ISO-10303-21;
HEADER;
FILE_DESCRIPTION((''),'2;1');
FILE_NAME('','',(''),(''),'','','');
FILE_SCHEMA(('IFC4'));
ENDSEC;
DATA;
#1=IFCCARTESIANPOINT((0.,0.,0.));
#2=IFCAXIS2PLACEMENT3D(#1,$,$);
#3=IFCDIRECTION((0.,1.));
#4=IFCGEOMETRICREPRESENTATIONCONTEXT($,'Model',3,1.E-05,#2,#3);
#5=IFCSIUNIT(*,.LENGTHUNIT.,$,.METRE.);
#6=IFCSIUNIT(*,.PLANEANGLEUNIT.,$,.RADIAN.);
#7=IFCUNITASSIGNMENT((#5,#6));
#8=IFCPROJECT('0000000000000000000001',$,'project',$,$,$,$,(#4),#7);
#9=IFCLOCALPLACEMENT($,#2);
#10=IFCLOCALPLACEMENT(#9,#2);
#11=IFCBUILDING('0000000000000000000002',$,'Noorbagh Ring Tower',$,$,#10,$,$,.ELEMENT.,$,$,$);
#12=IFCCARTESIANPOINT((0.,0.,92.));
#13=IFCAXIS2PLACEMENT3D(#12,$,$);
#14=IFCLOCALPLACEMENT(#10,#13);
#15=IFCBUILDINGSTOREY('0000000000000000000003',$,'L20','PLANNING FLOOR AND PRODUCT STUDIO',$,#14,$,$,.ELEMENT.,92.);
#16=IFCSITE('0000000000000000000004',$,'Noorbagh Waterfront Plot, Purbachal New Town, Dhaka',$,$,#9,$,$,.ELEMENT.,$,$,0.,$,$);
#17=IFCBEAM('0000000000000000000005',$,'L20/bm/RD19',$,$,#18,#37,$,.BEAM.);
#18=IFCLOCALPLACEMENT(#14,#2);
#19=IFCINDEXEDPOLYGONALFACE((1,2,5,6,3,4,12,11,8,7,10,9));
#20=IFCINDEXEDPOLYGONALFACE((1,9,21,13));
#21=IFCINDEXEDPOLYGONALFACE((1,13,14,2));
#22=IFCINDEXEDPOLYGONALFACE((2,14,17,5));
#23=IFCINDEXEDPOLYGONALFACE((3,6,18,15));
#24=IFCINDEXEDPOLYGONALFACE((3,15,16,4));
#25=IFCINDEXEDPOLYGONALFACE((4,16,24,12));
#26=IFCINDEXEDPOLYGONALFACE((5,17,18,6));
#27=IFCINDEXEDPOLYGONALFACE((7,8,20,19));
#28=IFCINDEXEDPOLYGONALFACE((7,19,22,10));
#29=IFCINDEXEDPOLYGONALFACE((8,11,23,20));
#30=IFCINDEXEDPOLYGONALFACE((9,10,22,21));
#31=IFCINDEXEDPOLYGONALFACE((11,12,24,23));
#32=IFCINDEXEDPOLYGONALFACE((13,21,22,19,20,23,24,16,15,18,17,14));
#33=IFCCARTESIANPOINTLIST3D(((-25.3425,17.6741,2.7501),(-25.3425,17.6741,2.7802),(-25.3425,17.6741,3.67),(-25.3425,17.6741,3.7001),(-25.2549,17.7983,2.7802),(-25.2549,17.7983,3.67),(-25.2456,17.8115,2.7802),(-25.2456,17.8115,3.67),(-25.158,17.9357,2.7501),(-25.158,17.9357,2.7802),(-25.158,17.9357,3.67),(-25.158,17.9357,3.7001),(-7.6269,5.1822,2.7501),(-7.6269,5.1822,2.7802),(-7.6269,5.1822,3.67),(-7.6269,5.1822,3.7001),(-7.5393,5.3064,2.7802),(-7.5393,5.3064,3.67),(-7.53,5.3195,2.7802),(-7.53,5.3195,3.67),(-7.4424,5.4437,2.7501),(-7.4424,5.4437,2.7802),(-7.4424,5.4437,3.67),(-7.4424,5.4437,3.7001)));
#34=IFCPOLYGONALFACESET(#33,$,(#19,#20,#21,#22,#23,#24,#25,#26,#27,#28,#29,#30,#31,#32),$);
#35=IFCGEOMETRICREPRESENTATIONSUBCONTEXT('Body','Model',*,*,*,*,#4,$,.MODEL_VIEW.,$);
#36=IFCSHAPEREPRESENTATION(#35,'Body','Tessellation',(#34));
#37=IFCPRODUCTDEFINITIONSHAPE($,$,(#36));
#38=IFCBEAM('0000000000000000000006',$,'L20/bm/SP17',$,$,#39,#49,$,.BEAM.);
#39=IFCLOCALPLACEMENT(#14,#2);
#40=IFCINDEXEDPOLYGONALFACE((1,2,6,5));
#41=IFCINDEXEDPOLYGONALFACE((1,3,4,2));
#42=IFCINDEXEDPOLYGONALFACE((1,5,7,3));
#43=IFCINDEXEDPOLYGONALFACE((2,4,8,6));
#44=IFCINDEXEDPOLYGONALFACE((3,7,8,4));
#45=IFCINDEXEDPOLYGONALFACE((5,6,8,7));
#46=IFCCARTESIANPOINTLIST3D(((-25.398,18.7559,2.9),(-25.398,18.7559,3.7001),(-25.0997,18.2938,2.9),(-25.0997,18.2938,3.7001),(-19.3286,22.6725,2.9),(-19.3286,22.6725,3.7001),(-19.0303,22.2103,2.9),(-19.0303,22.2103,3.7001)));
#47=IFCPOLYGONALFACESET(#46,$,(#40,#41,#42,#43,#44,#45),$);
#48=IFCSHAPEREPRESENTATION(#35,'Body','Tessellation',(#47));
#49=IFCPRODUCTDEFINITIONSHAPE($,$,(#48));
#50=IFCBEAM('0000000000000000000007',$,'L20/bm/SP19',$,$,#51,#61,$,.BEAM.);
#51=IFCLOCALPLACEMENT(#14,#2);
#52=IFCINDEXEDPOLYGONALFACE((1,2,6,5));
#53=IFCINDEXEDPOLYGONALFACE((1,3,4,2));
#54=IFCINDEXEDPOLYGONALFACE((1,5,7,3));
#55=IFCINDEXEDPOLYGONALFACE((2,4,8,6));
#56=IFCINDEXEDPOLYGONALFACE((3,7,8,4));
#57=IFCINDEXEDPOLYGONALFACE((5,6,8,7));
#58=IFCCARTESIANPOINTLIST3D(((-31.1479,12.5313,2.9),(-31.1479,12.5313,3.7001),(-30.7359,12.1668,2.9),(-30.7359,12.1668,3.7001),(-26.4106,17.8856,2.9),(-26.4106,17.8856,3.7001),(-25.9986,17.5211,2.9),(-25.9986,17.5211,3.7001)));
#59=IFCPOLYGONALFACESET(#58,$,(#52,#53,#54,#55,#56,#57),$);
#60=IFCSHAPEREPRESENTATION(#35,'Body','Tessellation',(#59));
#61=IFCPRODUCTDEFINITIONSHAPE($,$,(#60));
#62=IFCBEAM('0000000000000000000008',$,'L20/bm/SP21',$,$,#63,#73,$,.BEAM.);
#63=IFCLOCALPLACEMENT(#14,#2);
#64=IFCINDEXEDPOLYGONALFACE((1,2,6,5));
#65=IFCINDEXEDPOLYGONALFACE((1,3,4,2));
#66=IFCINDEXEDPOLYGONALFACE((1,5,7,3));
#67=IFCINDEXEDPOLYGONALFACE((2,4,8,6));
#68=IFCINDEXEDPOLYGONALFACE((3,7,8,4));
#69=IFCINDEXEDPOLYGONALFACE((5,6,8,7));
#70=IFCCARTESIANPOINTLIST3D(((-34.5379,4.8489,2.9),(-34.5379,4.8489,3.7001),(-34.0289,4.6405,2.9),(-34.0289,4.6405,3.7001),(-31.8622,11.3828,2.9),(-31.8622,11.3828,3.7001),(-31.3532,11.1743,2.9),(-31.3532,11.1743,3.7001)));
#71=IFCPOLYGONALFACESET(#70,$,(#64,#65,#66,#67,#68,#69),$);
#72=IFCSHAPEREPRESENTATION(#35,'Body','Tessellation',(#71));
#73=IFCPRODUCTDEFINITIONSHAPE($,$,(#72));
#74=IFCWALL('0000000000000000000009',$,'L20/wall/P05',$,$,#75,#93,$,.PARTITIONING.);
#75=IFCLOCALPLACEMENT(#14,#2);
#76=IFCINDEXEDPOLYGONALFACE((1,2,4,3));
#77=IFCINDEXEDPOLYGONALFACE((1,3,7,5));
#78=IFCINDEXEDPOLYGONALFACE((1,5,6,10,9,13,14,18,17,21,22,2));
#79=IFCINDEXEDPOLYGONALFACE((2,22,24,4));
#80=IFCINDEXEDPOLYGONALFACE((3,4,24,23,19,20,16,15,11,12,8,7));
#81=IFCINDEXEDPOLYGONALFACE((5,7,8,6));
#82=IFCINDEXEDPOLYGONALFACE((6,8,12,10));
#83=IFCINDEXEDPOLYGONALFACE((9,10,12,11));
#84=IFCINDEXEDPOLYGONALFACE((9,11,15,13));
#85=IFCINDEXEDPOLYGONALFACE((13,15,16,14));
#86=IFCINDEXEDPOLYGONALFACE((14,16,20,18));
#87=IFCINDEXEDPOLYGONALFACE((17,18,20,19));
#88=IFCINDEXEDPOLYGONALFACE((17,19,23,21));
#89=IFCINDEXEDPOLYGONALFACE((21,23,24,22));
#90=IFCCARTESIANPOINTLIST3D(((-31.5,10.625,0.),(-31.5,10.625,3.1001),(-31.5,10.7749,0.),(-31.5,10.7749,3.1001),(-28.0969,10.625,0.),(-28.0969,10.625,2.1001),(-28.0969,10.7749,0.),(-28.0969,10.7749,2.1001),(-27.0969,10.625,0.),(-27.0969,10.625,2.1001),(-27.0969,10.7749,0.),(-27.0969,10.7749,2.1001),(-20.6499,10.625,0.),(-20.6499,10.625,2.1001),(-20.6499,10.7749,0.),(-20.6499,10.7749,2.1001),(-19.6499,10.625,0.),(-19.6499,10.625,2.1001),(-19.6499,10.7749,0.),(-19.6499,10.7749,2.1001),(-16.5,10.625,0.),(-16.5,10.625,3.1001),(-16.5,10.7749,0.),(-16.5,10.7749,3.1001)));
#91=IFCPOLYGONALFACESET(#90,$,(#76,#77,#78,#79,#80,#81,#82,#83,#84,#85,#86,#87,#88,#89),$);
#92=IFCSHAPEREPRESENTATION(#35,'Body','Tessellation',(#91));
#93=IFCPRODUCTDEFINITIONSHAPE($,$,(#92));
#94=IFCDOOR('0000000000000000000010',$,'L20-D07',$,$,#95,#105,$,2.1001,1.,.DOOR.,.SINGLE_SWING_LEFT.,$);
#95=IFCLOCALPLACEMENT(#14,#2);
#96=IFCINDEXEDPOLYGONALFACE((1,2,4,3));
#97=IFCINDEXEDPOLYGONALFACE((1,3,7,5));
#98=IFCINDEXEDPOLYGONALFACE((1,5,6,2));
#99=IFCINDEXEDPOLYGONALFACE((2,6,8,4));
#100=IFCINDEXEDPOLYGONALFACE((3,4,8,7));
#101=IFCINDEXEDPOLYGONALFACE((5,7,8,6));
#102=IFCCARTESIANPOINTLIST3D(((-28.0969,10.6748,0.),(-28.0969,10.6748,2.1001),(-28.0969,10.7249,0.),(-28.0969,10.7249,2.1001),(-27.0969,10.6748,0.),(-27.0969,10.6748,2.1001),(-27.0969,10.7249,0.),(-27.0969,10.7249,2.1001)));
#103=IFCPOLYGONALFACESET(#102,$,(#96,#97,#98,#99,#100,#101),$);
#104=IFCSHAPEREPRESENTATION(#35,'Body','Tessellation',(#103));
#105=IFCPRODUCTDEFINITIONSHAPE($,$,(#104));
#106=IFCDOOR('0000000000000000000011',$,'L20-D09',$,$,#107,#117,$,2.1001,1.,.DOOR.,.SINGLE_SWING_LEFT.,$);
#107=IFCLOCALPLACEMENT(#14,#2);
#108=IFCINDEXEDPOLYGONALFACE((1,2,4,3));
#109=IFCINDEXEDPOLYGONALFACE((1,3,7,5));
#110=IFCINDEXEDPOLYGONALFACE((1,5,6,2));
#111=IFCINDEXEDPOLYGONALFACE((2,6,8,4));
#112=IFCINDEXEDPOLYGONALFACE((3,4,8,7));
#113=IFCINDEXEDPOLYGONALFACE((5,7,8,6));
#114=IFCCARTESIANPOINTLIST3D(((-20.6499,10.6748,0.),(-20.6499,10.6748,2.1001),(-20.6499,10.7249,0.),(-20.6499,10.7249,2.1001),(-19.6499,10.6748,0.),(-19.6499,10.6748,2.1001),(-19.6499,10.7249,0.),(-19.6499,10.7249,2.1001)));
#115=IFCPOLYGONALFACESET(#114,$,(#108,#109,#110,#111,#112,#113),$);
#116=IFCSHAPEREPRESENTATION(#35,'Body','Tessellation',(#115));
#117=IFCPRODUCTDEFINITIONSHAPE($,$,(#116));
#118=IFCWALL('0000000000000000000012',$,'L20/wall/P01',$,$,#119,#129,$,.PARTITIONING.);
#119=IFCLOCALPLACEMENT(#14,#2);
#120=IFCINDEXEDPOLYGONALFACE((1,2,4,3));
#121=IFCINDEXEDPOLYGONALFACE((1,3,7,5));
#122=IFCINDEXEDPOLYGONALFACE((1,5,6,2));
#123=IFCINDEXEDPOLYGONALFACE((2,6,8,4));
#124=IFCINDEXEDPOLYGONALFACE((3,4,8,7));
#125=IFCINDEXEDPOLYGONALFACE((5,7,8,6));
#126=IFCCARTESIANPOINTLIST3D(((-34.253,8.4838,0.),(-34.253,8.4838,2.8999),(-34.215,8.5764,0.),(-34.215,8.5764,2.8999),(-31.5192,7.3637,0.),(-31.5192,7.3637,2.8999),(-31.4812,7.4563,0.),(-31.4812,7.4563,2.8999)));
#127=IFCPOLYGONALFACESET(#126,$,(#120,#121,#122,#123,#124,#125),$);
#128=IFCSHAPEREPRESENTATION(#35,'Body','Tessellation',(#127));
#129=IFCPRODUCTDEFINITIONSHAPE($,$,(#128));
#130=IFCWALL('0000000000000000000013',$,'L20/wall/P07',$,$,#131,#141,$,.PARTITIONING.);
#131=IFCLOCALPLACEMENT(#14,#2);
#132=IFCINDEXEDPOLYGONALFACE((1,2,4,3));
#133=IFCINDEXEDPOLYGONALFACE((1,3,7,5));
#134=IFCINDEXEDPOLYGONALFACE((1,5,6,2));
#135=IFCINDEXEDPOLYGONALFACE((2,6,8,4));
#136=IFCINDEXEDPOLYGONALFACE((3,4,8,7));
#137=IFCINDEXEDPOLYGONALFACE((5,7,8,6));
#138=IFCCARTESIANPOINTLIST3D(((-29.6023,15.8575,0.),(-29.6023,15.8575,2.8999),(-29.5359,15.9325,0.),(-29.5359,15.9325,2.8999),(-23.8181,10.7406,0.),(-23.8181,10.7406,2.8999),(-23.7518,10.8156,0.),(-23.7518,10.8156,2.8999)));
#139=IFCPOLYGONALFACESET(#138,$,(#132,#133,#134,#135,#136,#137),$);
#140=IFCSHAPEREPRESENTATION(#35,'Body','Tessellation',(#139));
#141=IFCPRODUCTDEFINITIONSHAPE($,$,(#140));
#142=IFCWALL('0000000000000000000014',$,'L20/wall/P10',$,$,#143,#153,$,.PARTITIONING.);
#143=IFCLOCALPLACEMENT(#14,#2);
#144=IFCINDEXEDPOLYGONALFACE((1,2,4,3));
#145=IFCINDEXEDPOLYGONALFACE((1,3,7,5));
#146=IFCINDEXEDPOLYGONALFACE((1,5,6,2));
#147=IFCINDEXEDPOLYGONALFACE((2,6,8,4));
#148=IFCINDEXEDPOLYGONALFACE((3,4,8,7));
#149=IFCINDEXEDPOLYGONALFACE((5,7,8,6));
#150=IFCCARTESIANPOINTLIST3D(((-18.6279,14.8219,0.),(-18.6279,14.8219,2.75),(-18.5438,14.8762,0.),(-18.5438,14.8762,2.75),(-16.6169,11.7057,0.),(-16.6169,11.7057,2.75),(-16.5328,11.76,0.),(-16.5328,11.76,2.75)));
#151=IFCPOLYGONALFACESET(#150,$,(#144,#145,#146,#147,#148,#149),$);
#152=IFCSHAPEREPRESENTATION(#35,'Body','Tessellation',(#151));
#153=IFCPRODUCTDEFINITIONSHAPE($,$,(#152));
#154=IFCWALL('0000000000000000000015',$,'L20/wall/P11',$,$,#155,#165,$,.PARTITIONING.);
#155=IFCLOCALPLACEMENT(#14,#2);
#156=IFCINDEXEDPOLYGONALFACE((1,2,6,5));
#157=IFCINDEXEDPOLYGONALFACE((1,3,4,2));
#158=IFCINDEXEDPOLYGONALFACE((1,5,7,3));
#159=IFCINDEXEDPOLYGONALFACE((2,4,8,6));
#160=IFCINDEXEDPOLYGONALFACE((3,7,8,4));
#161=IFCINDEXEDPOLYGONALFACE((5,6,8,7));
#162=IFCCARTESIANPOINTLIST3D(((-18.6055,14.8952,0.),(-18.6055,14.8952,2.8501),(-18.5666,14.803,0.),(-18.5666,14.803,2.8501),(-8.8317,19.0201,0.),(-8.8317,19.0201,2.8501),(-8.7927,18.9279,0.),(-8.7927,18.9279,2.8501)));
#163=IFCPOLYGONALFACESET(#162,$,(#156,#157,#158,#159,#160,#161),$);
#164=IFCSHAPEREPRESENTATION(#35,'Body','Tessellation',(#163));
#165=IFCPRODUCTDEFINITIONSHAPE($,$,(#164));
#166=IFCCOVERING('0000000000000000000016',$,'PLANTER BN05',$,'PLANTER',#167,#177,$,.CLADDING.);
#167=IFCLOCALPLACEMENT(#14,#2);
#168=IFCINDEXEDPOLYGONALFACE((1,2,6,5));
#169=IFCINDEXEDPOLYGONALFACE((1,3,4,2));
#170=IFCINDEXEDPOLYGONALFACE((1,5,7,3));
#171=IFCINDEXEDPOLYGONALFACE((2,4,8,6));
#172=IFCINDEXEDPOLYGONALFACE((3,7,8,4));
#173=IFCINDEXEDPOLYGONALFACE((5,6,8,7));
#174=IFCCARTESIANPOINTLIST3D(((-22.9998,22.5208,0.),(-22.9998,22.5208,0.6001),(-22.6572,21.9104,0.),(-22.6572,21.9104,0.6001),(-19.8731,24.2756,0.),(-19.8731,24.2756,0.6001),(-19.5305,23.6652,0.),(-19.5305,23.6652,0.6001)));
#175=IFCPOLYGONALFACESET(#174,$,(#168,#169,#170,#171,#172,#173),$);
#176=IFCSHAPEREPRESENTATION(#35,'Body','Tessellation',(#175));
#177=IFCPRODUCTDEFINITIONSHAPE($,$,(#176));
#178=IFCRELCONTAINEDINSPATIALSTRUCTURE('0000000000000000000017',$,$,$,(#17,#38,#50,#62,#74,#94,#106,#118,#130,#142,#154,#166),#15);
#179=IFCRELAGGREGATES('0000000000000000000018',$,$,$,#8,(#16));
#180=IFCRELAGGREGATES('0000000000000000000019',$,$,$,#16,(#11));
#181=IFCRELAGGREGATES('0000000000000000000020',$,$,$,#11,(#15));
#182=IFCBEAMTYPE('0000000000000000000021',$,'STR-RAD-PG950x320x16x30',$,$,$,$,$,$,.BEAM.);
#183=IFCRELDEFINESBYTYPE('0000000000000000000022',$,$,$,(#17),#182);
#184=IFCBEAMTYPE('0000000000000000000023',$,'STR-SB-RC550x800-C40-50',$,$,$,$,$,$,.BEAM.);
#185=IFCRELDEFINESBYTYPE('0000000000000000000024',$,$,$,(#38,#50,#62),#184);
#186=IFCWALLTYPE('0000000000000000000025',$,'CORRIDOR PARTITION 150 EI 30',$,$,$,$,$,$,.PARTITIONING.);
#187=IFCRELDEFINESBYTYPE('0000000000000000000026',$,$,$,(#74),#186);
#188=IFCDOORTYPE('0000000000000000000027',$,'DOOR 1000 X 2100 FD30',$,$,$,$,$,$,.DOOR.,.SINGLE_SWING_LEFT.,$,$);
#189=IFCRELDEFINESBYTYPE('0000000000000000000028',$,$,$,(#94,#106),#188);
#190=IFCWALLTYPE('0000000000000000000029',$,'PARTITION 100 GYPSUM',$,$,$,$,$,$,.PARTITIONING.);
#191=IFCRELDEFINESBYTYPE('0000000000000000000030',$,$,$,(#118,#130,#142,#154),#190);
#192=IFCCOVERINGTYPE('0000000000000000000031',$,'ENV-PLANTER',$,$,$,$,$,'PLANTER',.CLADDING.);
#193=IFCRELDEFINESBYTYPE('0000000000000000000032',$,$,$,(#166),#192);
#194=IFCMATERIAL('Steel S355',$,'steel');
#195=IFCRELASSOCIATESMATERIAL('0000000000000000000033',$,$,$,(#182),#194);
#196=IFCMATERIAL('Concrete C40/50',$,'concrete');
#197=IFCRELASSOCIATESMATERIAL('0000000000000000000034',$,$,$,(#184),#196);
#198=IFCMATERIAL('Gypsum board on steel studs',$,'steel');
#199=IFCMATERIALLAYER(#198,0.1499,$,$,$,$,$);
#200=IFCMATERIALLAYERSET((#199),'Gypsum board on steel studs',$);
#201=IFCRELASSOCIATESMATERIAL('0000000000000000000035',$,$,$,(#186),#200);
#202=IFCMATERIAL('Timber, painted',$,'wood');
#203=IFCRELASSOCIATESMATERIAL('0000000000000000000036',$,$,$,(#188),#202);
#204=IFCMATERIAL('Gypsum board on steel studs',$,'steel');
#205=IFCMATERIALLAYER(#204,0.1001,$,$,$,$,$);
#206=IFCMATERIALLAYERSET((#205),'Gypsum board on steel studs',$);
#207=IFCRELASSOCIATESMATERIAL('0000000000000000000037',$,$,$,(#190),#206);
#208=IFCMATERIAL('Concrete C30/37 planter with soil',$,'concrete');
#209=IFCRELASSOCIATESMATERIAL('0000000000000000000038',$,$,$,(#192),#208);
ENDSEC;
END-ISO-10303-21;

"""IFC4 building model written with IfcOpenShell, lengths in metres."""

from ifc_helpers import new_model, si_unit, direction, frame, frame_2d, origin, origin_2d, place, context, subcontext, project, spatial, rectangle, i_section, extrude, material, layer, layer_set, material_profile, profile_set, type_object, element, fill, save


model = new_model("IFC4")

# Units and contexts
model_context = context("Model", 3, precision=1e-05, world=origin(), true_north=direction((0.0, 1.0)))
body_context = subcontext(model_context, "Body", "Model", "MODEL_VIEW")
ifc_project = project(units=[si_unit("LENGTHUNIT", "METRE"), si_unit("PLANEANGLEUNIT", "RADIAN")], contexts=[model_context])

# Site, building, storey
site_placement = place(None, origin())
site = spatial("IfcSite", under=ifc_project, at=site_placement, Name="Noorbagh Waterfront Plot, Purbachal New Town, Dhaka", CompositionType="ELEMENT", RefElevation=0.0)
building_placement = place(site_placement, origin())
building = spatial("IfcBuilding", under=site, at=building_placement, Name="Noorbagh Ring Tower", CompositionType="ELEMENT")
storey_placement = place(building_placement, frame((0.0, 0.0, 92.0)))
storey = spatial("IfcBuildingStorey", under=building, at=storey_placement, Name="L20", Description="PLANNING FLOOR AND PRODUCT STUDIO", CompositionType="ELEMENT", Elevation=92.0)

# Beams
ifc_material_1 = material(Name="Steel S355", Category="steel")
ifc_material_profile_1 = material_profile(ifc_material_1, i_section(OverallWidth=0.3201, OverallDepth=0.95, WebThickness=0.0161, FlangeThickness=0.03, at=origin_2d()), Name="PG950x320x16x30")
ifc_profile_set_1 = profile_set([ifc_material_profile_1], Name="Steel S355")
beam_type_1 = type_object("IfcBeamType", Name="STR-RAD-PG950x320x16x30", PredefinedType="BEAM", material=ifc_profile_set_1)
beam_1_placement = place(storey_placement, frame((-25.2502, 17.8049, 3.2251), z_axis=(0.817254, -0.576278, 0.0), x_axis=(0.576278, 0.817254, 0.0)))
element("IfcBeam", 1, at=beam_1_placement, inside=storey, type_object=beam_type_1, Name="L20/bm/RD19", PredefinedType="BEAM", context=body_context, shape_type="SweptSolid", body=[
    extrude(i_section(OverallWidth=0.3201, OverallDepth=0.95, WebThickness=0.0161, FlangeThickness=0.03, at=origin_2d()), origin(), (0.0, 0.0, 1.0), 21.677),
])
ifc_material_2 = material(Name="Concrete C40/50", Category="concrete")
ifc_material_profile_2 = material_profile(ifc_material_2, rectangle(XDim=0.55, YDim=0.8, at=origin_2d()), Name="RC550x800")
ifc_profile_set_2 = profile_set([ifc_material_profile_2], Name="Concrete C40/50")
beam_type_2 = type_object("IfcBeamType", Name="STR-SB-RC550x800-C40-50", PredefinedType="BEAM", material=ifc_profile_set_2)
beam_2_placement = place(storey_placement, frame((-19.1794, 22.4414, 3.3), z_axis=(-0.840246, -0.542205, 0.0), x_axis=(0.542205, -0.840246, 0.0)))
element("IfcBeam", 2, at=beam_2_placement, inside=storey, type_object=beam_type_2, Name="L20/bm/SP17", PredefinedType="BEAM", context=body_context, shape_type="SweptSolid", body=[
    extrude(rectangle(XDim=0.55, YDim=0.8, at=origin_2d()), origin(), (0.0, 0.0, 1.0), 7.2234),
])
beam_3_placement = place(storey_placement, frame((-26.2046, 17.7034, 3.3), z_axis=(-0.662641, -0.748937, 0.0), x_axis=(0.748937, -0.662641, 0.0)))
element("IfcBeam", 3, at=beam_3_placement, inside=storey, type_object=beam_type_2, Name="L20/bm/SP19", PredefinedType="BEAM", context=body_context, shape_type="SweptSolid", body=[
    extrude(rectangle(XDim=0.55, YDim=0.8, at=origin_2d()), origin(), (0.0, 0.0, 1.0), 7.1492),
])
beam_4_placement = place(storey_placement, frame((-31.6077, 11.2786, 3.3), z_axis=(-0.378973, -0.925408, 0.0), x_axis=(0.925408, -0.378973, 0.0)))
element("IfcBeam", 4, at=beam_4_placement, inside=storey, type_object=beam_type_2, Name="L20/bm/SP21", PredefinedType="BEAM", context=body_context, shape_type="SweptSolid", body=[
    extrude(rectangle(XDim=0.55, YDim=0.8, at=origin_2d()), origin(), (0.0, 0.0, 1.0), 7.0605),
])

# Wall, openings, doors
ifc_material_3 = material(Name="Gypsum board on steel studs", Category="steel")
ifc_layer_1 = layer(ifc_material_3, 0.1499)
ifc_layer_set_1 = layer_set([ifc_layer_1], Name="Gypsum board on steel studs")
wall_type_1 = type_object("IfcWallType", Name="CORRIDOR PARTITION 150 EI 30", PredefinedType="PARTITIONING", material=ifc_layer_set_1)
wall_1_placement = place(storey_placement, frame((-31.5, 10.7, 0.0), z_axis=(0.0, 0.0, 1.0), x_axis=(1.0, 0.0, 0.0)))
wall_1 = element("IfcWall", 5, at=wall_1_placement, inside=storey, type_object=wall_type_1, Name="L20/wall/P05", PredefinedType="PARTITIONING", context=body_context, shape_type="SweptSolid", body=[
    extrude(rectangle(XDim=15.0, YDim=0.1499, at=frame_2d((7.5, 0.0))), origin(), (0.0, 0.0, 1.0), 3.1001),
])
opening_1_placement = place(wall_1_placement, frame((3.4031, 0.0, 0.0)))
opening_1 = element("IfcOpeningElement", 6, at=opening_1_placement, cuts=wall_1, PredefinedType="OPENING", context=body_context, shape_type="SweptSolid", body=[
    extrude(rectangle(XDim=1.0, YDim=2.1001, at=frame_2d((0.5, 1.05))), frame((0.0, 0.085, 0.0), z_axis=(0.0, -1.0, 0.0), x_axis=(1.0, 0.0, 0.0)), (0.0, 0.0, 1.0), 0.1699),
])
opening_2_placement = place(wall_1_placement, frame((10.8501, 0.0, 0.0)))
opening_2 = element("IfcOpeningElement", 7, at=opening_2_placement, cuts=wall_1, PredefinedType="OPENING", context=body_context, shape_type="SweptSolid", body=[
    extrude(rectangle(XDim=1.0, YDim=2.1001, at=frame_2d((0.5, 1.05))), frame((0.0, 0.085, 0.0), z_axis=(0.0, -1.0, 0.0), x_axis=(1.0, 0.0, 0.0)), (0.0, 0.0, 1.0), 0.1699),
])
ifc_material_4 = material(Name="Timber, painted", Category="wood")
door_type = type_object("IfcDoorType", Name="DOOR 1000 X 2100 FD30", OperationType="SINGLE_SWING_LEFT", PredefinedType="DOOR", material=ifc_material_4)
door_1_placement = place(opening_1_placement, origin())
door_1 = element("IfcDoor", 8, at=door_1_placement, inside=storey, type_object=door_type, Name="L20-D07", OperationType="SINGLE_SWING_LEFT", OverallHeight=2.1001, OverallWidth=1.0, PredefinedType="DOOR", context=body_context, shape_type="SweptSolid", body=[
    extrude(rectangle(XDim=1.0, YDim=2.1001, at=frame_2d((0.5, 1.05))), frame((0.0, 0.0249, 0.0), z_axis=(0.0, -1.0, 0.0), x_axis=(1.0, 0.0, 0.0)), (0.0, 0.0, 1.0), 0.05),
])
fill(opening_1, door_1)
door_2_placement = place(opening_2_placement, origin())
door_2 = element("IfcDoor", 9, at=door_2_placement, inside=storey, type_object=door_type, Name="L20-D09", OperationType="SINGLE_SWING_LEFT", OverallHeight=2.1001, OverallWidth=1.0, PredefinedType="DOOR", context=body_context, shape_type="SweptSolid", body=[
    extrude(rectangle(XDim=1.0, YDim=2.1001, at=frame_2d((0.5, 1.05))), frame((0.0, 0.0249, 0.0), z_axis=(0.0, -1.0, 0.0), x_axis=(1.0, 0.0, 0.0)), (0.0, 0.0, 1.0), 0.05),
])
fill(opening_2, door_2)

# Walls
ifc_material_5 = material(Name="Gypsum board on steel studs", Category="steel")
ifc_layer_2 = layer(ifc_material_5, 0.1001)
ifc_layer_set_2 = layer_set([ifc_layer_2], Name="Gypsum board on steel studs")
wall_type_2 = type_object("IfcWallType", Name="PARTITION 100 GYPSUM", PredefinedType="PARTITIONING", material=ifc_layer_set_2)
wall_2_placement = place(storey_placement, frame((-34.2339, 8.53, 0.0), z_axis=(0.0, 0.0, 1.0), x_axis=(0.925344, -0.379128, 0.0)))
element("IfcWall", 10, at=wall_2_placement, inside=storey, type_object=wall_type_2, Name="L20/wall/P01", PredefinedType="PARTITIONING", context=body_context, shape_type="SweptSolid", body=[
    extrude(rectangle(XDim=2.9543, YDim=0.1001, at=frame_2d((1.4771, 0.0))), origin(), (0.0, 0.0, 1.0), 2.8999),
])
wall_3_placement = place(storey_placement, frame((-29.5691, 15.895, 0.0), z_axis=(0.0, 0.0, 1.0), x_axis=(0.748986, -0.662586, 0.0)))
element("IfcWall", 11, at=wall_3_placement, inside=storey, type_object=wall_type_2, Name="L20/wall/P07", PredefinedType="PARTITIONING", context=body_context, shape_type="SweptSolid", body=[
    extrude(rectangle(XDim=7.7227, YDim=0.1001, at=frame_2d((3.8613, 0.0))), origin(), (0.0, 0.0, 1.0), 2.8999),
])
wall_4_placement = place(storey_placement, frame((-18.5859, 14.8491, 0.0), z_axis=(0.0, 0.0, 1.0), x_axis=(0.542227, -0.840232, 0.0)))
element("IfcWall", 12, at=wall_4_placement, inside=storey, type_object=wall_type_2, Name="L20/wall/P10", PredefinedType="PARTITIONING", context=body_context, shape_type="SweptSolid", body=[
    extrude(rectangle(XDim=3.7087, YDim=0.1001, at=frame_2d((1.8545, 0.0))), origin(), (0.0, 0.0, 1.0), 2.75),
])
wall_5_placement = place(storey_placement, frame((-18.5859, 14.8491, 0.0), z_axis=(0.0, 0.0, 1.0), x_axis=(0.921309, 0.388831, 0.0)))
element("IfcWall", 13, at=wall_5_placement, inside=storey, type_object=wall_type_2, Name="L20/wall/P11", PredefinedType="PARTITIONING", context=body_context, shape_type="SweptSolid", body=[
    extrude(rectangle(XDim=10.6086, YDim=0.1001, at=frame_2d((5.3042, 0.0))), origin(), (0.0, 0.0, 1.0), 2.8501),
])

# Covering
ifc_material_6 = material(Name="Concrete C30/37 planter with soil", Category="concrete")
covering_type = type_object("IfcCoveringType", Name="ENV-PLANTER", ElementType="PLANTER", PredefinedType="CLADDING", material=ifc_material_6)
covering_placement = place(storey_placement, frame((-21.2651, 23.093, 0.0), z_axis=(0.0, 0.0, 1.0), x_axis=(-0.872045, -0.489426, 0.0)))
element("IfcCovering", 14, at=covering_placement, inside=storey, type_object=covering_type, Name="PLANTER BN05", ObjectType="PLANTER", PredefinedType="CLADDING", context=body_context, shape_type="SweptSolid", body=[
    extrude(rectangle(XDim=3.5854, YDim=0.7, at=origin_2d()), origin(), (0.0, 0.0, 1.0), 0.6001),
])

save(model, "model.ifc")
